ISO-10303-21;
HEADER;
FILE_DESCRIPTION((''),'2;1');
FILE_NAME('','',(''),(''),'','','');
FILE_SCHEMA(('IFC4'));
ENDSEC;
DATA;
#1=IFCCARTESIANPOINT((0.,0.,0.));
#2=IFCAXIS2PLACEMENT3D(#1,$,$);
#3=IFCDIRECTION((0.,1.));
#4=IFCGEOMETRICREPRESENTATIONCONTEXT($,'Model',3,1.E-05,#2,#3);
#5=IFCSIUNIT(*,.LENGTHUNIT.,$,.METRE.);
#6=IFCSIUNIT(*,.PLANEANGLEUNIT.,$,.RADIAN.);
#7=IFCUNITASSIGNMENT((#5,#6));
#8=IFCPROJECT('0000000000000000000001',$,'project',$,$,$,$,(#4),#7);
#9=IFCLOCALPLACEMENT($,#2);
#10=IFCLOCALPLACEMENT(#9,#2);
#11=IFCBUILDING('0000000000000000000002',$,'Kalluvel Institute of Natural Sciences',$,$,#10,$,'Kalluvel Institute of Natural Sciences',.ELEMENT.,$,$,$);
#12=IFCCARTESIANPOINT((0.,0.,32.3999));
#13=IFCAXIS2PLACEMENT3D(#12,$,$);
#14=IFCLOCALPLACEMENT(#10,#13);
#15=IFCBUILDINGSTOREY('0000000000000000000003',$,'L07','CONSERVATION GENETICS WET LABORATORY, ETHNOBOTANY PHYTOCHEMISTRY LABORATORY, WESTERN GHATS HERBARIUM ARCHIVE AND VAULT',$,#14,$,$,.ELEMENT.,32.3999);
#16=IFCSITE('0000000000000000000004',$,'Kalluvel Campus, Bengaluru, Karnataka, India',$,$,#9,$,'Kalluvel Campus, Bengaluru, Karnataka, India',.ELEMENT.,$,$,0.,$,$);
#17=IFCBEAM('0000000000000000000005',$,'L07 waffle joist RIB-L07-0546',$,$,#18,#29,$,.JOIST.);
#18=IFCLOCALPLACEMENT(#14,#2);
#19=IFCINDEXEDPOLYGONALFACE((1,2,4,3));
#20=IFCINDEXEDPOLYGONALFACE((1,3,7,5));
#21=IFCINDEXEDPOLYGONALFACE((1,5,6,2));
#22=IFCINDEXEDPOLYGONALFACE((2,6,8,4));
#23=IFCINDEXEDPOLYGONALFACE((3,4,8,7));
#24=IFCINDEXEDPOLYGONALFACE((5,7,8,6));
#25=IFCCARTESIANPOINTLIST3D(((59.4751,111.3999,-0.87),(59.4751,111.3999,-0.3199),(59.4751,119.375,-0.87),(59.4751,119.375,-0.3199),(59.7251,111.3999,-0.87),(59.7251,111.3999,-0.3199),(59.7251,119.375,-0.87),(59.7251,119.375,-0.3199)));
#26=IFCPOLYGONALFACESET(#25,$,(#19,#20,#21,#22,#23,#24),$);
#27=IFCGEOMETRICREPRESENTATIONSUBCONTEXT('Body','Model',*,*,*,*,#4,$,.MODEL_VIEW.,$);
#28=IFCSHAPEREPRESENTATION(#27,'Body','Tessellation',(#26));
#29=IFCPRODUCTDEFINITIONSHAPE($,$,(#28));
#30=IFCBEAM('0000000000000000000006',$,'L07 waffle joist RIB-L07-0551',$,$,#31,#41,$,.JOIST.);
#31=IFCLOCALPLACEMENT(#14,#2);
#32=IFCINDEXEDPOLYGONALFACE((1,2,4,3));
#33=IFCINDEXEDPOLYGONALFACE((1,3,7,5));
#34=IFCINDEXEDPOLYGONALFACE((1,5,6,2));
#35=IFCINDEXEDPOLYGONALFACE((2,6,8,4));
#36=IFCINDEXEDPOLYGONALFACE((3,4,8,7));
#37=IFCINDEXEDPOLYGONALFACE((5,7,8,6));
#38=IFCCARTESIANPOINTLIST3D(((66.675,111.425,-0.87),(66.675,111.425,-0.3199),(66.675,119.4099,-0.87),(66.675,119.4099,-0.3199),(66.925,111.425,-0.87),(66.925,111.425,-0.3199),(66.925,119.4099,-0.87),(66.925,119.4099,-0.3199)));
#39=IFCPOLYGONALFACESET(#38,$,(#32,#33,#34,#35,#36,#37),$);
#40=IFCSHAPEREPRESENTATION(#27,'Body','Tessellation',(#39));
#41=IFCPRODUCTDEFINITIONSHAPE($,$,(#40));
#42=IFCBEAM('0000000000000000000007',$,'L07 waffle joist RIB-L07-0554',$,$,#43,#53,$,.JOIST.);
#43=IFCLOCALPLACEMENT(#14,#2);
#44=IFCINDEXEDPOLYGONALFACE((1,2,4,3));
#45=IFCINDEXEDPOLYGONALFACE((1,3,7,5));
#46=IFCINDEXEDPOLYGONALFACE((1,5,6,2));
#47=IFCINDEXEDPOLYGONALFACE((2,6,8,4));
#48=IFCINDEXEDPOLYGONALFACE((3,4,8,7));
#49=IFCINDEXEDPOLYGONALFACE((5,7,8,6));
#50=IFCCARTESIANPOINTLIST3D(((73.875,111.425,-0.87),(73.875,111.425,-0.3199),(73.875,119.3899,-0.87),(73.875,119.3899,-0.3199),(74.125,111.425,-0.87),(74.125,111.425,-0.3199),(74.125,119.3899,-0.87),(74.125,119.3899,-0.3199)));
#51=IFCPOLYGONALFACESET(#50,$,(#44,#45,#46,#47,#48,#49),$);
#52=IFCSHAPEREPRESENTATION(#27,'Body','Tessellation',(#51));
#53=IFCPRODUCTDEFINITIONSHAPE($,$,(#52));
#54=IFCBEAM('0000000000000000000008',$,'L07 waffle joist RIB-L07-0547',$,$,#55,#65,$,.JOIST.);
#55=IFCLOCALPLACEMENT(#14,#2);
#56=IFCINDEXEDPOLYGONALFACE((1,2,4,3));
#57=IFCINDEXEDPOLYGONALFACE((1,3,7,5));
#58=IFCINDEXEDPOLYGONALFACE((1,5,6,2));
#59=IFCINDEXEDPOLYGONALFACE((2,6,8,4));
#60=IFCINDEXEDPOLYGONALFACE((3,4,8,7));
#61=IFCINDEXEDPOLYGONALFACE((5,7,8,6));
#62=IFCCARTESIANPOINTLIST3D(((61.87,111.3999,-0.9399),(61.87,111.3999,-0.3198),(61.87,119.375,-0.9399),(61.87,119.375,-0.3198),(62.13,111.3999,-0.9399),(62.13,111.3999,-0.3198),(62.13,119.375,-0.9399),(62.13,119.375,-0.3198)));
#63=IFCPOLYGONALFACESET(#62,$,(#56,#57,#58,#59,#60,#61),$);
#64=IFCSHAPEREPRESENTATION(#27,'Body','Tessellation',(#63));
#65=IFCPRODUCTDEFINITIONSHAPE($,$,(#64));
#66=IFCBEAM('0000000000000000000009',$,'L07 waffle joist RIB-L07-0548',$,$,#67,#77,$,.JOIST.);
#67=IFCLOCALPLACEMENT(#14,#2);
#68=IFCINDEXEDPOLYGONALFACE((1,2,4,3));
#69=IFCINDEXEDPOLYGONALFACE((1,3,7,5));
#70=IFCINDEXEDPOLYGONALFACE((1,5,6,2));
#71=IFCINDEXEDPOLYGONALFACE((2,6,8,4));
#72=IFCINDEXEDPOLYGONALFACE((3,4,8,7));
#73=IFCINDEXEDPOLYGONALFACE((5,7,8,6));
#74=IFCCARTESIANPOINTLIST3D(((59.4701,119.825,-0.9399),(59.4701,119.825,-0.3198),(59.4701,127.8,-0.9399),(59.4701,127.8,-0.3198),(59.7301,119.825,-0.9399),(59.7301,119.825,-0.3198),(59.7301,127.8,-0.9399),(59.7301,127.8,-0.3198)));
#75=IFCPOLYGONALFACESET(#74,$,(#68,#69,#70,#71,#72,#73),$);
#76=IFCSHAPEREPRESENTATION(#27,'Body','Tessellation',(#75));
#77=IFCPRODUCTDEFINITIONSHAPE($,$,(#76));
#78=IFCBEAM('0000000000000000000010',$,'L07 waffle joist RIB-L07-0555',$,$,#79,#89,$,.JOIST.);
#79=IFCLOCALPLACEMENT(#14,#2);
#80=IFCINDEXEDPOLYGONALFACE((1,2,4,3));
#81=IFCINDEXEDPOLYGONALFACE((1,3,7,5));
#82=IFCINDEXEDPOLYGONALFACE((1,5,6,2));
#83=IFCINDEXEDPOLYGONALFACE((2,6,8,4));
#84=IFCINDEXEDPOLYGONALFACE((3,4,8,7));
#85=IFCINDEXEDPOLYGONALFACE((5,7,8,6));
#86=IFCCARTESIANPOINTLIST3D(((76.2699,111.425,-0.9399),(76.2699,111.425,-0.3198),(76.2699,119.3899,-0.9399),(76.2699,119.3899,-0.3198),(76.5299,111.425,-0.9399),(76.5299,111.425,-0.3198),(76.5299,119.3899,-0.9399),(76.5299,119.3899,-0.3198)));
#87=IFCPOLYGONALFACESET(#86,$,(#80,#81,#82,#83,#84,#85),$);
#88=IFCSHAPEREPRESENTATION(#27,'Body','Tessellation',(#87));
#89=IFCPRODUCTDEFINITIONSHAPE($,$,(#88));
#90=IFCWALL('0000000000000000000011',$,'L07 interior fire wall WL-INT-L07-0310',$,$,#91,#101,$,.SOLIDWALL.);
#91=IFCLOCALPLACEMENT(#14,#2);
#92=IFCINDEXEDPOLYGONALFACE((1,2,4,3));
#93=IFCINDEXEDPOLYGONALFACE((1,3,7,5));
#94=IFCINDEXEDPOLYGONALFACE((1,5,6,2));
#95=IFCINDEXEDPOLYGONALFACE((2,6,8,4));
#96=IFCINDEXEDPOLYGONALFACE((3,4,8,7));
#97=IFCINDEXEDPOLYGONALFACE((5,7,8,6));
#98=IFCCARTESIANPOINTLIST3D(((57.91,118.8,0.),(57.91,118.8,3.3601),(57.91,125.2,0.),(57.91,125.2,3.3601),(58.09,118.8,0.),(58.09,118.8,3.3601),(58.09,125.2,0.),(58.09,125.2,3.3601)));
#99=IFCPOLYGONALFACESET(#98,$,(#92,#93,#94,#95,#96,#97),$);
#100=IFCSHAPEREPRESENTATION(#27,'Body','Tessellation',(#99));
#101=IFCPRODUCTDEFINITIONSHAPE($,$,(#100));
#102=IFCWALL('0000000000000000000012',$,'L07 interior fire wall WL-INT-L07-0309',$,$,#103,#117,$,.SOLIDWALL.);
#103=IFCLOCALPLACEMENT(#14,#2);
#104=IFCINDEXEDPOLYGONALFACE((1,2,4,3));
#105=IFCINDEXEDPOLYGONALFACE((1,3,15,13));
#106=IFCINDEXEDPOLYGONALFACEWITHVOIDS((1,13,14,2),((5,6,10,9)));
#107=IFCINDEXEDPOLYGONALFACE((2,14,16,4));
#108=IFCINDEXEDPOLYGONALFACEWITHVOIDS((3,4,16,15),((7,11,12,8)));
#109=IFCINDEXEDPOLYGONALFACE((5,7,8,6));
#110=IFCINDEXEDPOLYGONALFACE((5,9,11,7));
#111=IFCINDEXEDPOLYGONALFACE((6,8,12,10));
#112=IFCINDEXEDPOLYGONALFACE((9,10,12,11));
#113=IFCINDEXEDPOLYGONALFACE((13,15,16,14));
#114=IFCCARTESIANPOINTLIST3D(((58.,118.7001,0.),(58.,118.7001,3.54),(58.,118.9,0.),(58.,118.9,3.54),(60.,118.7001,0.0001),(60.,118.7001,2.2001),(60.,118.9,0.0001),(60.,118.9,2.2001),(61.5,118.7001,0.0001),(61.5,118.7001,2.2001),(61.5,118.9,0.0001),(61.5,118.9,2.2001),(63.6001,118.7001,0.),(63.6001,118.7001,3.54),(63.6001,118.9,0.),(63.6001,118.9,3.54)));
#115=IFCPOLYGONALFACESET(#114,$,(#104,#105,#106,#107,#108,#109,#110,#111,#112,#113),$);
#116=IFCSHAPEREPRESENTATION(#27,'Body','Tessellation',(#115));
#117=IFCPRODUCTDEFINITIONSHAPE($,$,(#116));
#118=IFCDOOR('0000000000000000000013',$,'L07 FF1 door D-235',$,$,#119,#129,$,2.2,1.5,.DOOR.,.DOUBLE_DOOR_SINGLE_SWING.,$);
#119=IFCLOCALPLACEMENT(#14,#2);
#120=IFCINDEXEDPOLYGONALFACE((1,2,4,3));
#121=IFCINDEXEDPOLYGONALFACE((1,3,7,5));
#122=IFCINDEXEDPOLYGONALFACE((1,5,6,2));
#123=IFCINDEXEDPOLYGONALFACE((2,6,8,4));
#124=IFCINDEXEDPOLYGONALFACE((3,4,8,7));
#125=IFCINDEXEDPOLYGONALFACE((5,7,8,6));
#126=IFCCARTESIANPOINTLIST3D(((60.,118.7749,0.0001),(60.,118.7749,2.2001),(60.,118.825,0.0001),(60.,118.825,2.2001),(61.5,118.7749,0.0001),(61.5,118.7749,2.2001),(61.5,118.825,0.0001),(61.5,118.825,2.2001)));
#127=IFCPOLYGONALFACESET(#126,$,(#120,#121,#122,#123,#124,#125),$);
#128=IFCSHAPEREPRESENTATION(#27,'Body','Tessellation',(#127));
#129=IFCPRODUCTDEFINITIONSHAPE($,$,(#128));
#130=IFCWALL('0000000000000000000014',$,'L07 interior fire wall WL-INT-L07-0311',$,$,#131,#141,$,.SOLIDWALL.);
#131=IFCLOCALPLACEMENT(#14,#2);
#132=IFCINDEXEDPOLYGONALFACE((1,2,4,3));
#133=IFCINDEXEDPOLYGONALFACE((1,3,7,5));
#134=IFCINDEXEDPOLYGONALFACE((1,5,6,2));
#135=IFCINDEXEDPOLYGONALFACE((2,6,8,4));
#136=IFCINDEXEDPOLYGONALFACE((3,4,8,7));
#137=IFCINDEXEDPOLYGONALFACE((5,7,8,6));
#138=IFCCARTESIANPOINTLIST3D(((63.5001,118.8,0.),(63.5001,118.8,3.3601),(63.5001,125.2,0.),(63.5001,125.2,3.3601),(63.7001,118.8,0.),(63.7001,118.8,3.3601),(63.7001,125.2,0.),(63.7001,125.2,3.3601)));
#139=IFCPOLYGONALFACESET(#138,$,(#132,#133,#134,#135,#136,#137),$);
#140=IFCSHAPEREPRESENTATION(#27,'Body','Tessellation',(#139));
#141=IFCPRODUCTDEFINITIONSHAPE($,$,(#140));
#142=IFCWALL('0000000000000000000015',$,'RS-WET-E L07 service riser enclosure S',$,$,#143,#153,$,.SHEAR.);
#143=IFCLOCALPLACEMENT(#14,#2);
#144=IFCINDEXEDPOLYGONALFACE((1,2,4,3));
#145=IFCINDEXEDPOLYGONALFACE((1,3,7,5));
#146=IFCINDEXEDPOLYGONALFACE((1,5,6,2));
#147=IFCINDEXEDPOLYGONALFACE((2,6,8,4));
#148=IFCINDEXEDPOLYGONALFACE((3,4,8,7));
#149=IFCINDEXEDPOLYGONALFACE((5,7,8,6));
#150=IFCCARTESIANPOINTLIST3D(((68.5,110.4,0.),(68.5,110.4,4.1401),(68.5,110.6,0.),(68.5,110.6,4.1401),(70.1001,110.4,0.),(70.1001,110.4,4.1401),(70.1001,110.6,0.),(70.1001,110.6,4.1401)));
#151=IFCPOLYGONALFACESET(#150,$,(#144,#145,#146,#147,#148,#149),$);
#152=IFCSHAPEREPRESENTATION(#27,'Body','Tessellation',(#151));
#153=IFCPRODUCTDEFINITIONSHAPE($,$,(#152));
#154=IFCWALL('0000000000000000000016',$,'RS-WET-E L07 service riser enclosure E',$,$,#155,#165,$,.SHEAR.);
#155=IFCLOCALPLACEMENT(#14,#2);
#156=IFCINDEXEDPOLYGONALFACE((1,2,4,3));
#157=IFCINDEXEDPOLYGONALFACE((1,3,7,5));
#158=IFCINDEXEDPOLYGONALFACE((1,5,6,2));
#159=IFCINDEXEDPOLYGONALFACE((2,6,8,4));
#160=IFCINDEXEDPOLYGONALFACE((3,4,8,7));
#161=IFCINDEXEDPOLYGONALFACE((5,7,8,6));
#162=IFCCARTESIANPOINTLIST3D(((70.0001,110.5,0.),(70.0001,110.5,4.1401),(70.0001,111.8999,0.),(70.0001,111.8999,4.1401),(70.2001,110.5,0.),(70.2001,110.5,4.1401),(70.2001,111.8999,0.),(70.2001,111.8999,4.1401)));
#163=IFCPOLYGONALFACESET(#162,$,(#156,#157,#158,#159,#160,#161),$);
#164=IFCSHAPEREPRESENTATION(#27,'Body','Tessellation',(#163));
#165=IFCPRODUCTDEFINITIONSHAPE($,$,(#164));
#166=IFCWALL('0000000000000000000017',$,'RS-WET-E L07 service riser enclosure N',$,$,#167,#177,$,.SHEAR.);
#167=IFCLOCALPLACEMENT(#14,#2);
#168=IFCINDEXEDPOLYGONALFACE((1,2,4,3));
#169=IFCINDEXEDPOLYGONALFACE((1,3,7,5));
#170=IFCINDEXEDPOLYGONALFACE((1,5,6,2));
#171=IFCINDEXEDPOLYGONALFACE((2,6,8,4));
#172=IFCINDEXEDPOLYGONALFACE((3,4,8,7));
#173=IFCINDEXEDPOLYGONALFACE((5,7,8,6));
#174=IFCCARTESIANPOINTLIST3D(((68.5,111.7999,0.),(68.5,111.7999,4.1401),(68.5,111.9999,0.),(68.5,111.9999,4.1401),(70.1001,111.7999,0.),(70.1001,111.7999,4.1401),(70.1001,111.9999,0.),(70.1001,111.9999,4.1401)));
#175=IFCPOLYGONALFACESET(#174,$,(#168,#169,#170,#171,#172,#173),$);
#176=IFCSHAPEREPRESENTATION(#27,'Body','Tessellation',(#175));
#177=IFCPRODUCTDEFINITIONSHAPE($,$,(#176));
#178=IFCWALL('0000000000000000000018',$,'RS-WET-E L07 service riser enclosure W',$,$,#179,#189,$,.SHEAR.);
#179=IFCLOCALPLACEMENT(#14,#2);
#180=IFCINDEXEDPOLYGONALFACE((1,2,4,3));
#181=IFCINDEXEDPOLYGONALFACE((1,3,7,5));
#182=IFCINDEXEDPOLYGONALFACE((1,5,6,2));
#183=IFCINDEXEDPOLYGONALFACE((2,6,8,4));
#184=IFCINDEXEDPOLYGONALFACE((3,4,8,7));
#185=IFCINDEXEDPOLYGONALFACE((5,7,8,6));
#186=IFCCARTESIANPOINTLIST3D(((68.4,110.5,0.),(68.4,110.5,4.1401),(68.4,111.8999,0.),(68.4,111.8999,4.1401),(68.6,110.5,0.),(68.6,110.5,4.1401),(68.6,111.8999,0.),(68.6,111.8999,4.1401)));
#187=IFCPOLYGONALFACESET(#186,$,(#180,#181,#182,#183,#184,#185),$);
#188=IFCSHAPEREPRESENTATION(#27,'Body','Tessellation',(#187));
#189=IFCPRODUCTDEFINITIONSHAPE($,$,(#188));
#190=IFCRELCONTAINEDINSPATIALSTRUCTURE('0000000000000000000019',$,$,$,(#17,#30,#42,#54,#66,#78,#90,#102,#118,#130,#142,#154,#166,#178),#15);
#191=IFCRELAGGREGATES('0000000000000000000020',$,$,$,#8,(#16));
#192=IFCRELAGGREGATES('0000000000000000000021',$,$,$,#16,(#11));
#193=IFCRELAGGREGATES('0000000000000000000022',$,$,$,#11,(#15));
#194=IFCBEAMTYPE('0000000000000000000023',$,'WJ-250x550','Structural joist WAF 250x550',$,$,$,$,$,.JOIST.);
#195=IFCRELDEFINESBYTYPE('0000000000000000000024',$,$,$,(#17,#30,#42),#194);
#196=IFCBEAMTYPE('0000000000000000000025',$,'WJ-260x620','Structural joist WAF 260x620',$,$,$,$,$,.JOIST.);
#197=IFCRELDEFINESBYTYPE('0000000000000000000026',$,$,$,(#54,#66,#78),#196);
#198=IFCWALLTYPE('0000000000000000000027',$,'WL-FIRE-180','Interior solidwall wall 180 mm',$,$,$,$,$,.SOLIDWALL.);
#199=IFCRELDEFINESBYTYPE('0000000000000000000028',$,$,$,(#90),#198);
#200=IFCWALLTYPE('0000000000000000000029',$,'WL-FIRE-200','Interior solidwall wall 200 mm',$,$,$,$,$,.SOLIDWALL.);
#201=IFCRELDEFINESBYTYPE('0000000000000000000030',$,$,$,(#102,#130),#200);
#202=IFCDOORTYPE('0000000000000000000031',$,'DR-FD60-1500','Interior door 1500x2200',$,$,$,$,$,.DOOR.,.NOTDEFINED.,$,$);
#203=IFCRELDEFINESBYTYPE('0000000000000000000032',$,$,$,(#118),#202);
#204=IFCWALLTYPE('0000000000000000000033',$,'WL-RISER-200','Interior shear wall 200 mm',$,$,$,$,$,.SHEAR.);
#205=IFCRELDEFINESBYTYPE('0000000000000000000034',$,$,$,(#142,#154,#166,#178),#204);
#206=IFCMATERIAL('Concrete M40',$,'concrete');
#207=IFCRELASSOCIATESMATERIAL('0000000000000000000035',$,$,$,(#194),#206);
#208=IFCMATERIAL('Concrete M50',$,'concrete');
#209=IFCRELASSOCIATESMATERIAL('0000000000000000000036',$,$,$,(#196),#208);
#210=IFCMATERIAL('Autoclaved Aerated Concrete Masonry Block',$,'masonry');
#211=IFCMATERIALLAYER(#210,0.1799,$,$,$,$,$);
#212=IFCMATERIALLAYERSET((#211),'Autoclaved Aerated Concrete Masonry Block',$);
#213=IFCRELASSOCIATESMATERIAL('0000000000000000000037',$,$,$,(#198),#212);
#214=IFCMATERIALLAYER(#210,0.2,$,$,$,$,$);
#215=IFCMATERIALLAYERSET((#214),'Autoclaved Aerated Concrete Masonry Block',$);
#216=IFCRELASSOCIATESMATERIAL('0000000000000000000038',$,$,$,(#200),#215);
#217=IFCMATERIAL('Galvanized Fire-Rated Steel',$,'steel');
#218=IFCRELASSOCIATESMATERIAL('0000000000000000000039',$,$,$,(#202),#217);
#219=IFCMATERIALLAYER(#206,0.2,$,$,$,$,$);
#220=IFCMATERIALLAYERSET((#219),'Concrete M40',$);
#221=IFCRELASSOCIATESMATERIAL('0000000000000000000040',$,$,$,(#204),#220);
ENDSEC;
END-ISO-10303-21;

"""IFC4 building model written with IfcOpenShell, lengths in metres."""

from ifc_helpers import new_model, si_unit, direction, frame, frame_2d, origin, origin_2d, place, context, subcontext, project, spatial, rectangle, extrude, material, layer, layer_set, material_profile, profile_set, type_object, element, fill, save


model = new_model("IFC4")

# Units and contexts
model_context = context("Model", 3, precision=1e-05, world=origin(), true_north=direction((0.0, 1.0)))
body_context = subcontext(model_context, "Body", "Model", "MODEL_VIEW")
ifc_project = project(units=[si_unit("LENGTHUNIT", "METRE"), si_unit("PLANEANGLEUNIT", "RADIAN")], contexts=[model_context])

# Site, building, storey
site_placement = place(None, origin())
site = spatial("IfcSite", under=ifc_project, at=site_placement, Name="Kalluvel Campus, Bengaluru, Karnataka, India", LongName="Kalluvel Campus, Bengaluru, Karnataka, India", CompositionType="ELEMENT", RefElevation=0.0)
building_placement = place(site_placement, origin())
building = spatial("IfcBuilding", under=site, at=building_placement, Name="Kalluvel Institute of Natural Sciences", LongName="Kalluvel Institute of Natural Sciences", CompositionType="ELEMENT")
storey_placement = place(building_placement, frame((0.0, 0.0, 32.3999)))
storey = spatial("IfcBuildingStorey", under=building, at=storey_placement, Name="L07", Description="CONSERVATION GENETICS WET LABORATORY, ETHNOBOTANY PHYTOCHEMISTRY LABORATORY, WESTERN GHATS HERBARIUM ARCHIVE AND VAULT", CompositionType="ELEMENT", Elevation=32.3999)

# Shared definitions
ifc_material_1 = material(Name="Concrete M40", Category="concrete")

# Beams
ifc_material_2 = material(Name="Concrete M50", Category="concrete")
ifc_material_profile_1 = material_profile(ifc_material_1, rectangle(XDim=0.25, YDim=0.55, at=origin_2d()), Name="WAF 250x550")
ifc_profile_set_1 = profile_set([ifc_material_profile_1], Name="Concrete M40")
beam_type_1 = type_object("IfcBeamType", Name="WJ-250x550", Description="Structural joist WAF 250x550", PredefinedType="JOIST", material=ifc_profile_set_1)
beam_1_placement = place(storey_placement, frame((59.6001, 111.3999, -0.595), z_axis=(0.0, 1.0, 0.0), x_axis=(-1.0, 0.0, 0.0)))
element("IfcBeam", 1, at=beam_1_placement, inside=storey, type_object=beam_type_1, Name="L07 waffle joist RIB-L07-0546", PredefinedType="JOIST", context=body_context, shape_type="SweptSolid", body=[
    extrude(rectangle(XDim=0.25, YDim=0.55, at=origin_2d()), origin(), (0.0, 0.0, 1.0), 7.9751),
])
beam_2_placement = place(storey_placement, frame((66.8, 111.425, -0.595), z_axis=(0.0, 1.0, 0.0), x_axis=(-1.0, 0.0, 0.0)))
element("IfcBeam", 2, at=beam_2_placement, inside=storey, type_object=beam_type_1, Name="L07 waffle joist RIB-L07-0551", PredefinedType="JOIST", context=body_context, shape_type="SweptSolid", body=[
    extrude(rectangle(XDim=0.25, YDim=0.55, at=origin_2d()), origin(), (0.0, 0.0, 1.0), 7.9849),
])
beam_3_placement = place(storey_placement, frame((74.0, 111.425, -0.595), z_axis=(0.0, 1.0, 0.0), x_axis=(-1.0, 0.0, 0.0)))
element("IfcBeam", 3, at=beam_3_placement, inside=storey, type_object=beam_type_1, Name="L07 waffle joist RIB-L07-0554", PredefinedType="JOIST", context=body_context, shape_type="SweptSolid", body=[
    extrude(rectangle(XDim=0.25, YDim=0.55, at=origin_2d()), origin(), (0.0, 0.0, 1.0), 7.9648),
])
ifc_material_profile_2 = material_profile(ifc_material_2, rectangle(XDim=0.26, YDim=0.6201, at=origin_2d()), Name="WAF 260x620")
ifc_profile_set_2 = profile_set([ifc_material_profile_2], Name="Concrete M50")
beam_type_2 = type_object("IfcBeamType", Name="WJ-260x620", Description="Structural joist WAF 260x620", PredefinedType="JOIST", material=ifc_profile_set_2)
for number, where, z_axis, x_axis, name in (
    (4, (62.0, 111.3999, -0.6299), (0.0, 1.0, 0.0), (-1.0, 0.0, 0.0), "L07 waffle joist RIB-L07-0547"),
    (5, (59.6001, 119.825, -0.6299), (0.0, 1.0, 0.0), (-1.0, 0.0, 0.0), "L07 waffle joist RIB-L07-0548"),
):
    element("IfcBeam", number, at=place(storey_placement, frame(where, z_axis=z_axis, x_axis=x_axis)), inside=storey, type_object=beam_type_2, Name=name, PredefinedType="JOIST", context=body_context, shape_type="SweptSolid", body=[
        extrude(rectangle(XDim=0.26, YDim=0.6201, at=origin_2d()), origin(), (0.0, 0.0, 1.0), 7.9751),
    ])
beam_4_placement = place(storey_placement, frame((76.3999, 111.425, -0.6299), z_axis=(0.0, 1.0, 0.0), x_axis=(-1.0, 0.0, 0.0)))
element("IfcBeam", 6, at=beam_4_placement, inside=storey, type_object=beam_type_2, Name="L07 waffle joist RIB-L07-0555", PredefinedType="JOIST", context=body_context, shape_type="SweptSolid", body=[
    extrude(rectangle(XDim=0.26, YDim=0.6201, at=origin_2d()), origin(), (0.0, 0.0, 1.0), 7.9648),
])

# Wall
ifc_material_3 = material(Name="Autoclaved Aerated Concrete Masonry Block", Category="masonry")
ifc_layer_1 = layer(ifc_material_3, 0.1799)
ifc_layer_set_1 = layer_set([ifc_layer_1], Name="Autoclaved Aerated Concrete Masonry Block")
wall_type_1 = type_object("IfcWallType", Name="WL-FIRE-180", Description="Interior solidwall wall 180 mm", PredefinedType="SOLIDWALL", material=ifc_layer_set_1)
wall_1_placement = place(storey_placement, frame((58.0, 118.8, 0.0), z_axis=(0.0, 0.0, 1.0), x_axis=(0.0, 1.0, 0.0)))
element("IfcWall", 7, at=wall_1_placement, inside=storey, type_object=wall_type_1, Name="L07 interior fire wall WL-INT-L07-0310", PredefinedType="SOLIDWALL", context=body_context, shape_type="SweptSolid", body=[
    extrude(rectangle(XDim=6.3999, YDim=0.1799, at=frame_2d((3.2, 0.0))), origin(), (0.0, 0.0, 1.0), 3.3601),
])

# Wall, opening, door
ifc_layer_2 = layer(ifc_material_3, 0.2)
ifc_layer_set_2 = layer_set([ifc_layer_2], Name="Autoclaved Aerated Concrete Masonry Block")
wall_type_2 = type_object("IfcWallType", Name="WL-FIRE-200", Description="Interior solidwall wall 200 mm", PredefinedType="SOLIDWALL", material=ifc_layer_set_2)
wall_2_placement = place(storey_placement, frame((58.0, 118.8, 0.0), z_axis=(0.0, 0.0, 1.0), x_axis=(1.0, 0.0, 0.0)))
wall_2 = element("IfcWall", 8, at=wall_2_placement, inside=storey, type_object=wall_type_2, Name="L07 interior fire wall WL-INT-L07-0309", PredefinedType="SOLIDWALL", context=body_context, shape_type="SweptSolid", body=[
    extrude(rectangle(XDim=5.6001, YDim=0.2, at=frame_2d((2.8, 0.0))), origin(), (0.0, 0.0, 1.0), 3.54),
])
opening_placement = place(wall_2_placement, frame((2.0, 0.0, 0.0)))
opening = element("IfcOpeningElement", 9, at=opening_placement, cuts=wall_2, PredefinedType="OPENING", context=body_context, shape_type="SweptSolid", body=[
    extrude(rectangle(XDim=1.5, YDim=2.2, at=frame_2d((0.75, 1.1001))), frame((0.0, 0.1099, 0.0), z_axis=(0.0, -1.0, 0.0), x_axis=(1.0, 0.0, 0.0)), (0.0, 0.0, 1.0), 0.22),
])
ifc_material_4 = material(Name="Galvanized Fire-Rated Steel", Category="steel")
door_type = type_object("IfcDoorType", Name="DR-FD60-1500", Description="Interior door 1500x2200", OperationType="NOTDEFINED", PredefinedType="DOOR", material=ifc_material_4)
door_placement = place(opening_placement, origin())
door = element("IfcDoor", 10, at=door_placement, inside=storey, type_object=door_type, Name="L07 FF1 door D-235", OperationType="DOUBLE_DOOR_SINGLE_SWING", OverallHeight=2.2, OverallWidth=1.5, PredefinedType="DOOR", context=body_context, shape_type="SweptSolid", body=[
    extrude(rectangle(XDim=1.5, YDim=2.2, at=frame_2d((0.75, 1.1001))), frame((0.0, 0.0249, 0.0), z_axis=(0.0, -1.0, 0.0), x_axis=(1.0, 0.0, 0.0)), (0.0, 0.0, 1.0), 0.05),
])
fill(opening, door)

# Walls
wall_3_placement = place(storey_placement, frame((63.6001, 118.8, 0.0), z_axis=(0.0, 0.0, 1.0), x_axis=(0.0, 1.0, 0.0)))
element("IfcWall", 11, at=wall_3_placement, inside=storey, type_object=wall_type_2, Name="L07 interior fire wall WL-INT-L07-0311", PredefinedType="SOLIDWALL", context=body_context, shape_type="SweptSolid", body=[
    extrude(rectangle(XDim=6.3999, YDim=0.2, at=frame_2d((3.2, 0.0))), origin(), (0.0, 0.0, 1.0), 3.3601),
])
ifc_layer_3 = layer(ifc_material_1, 0.2)
ifc_layer_set_3 = layer_set([ifc_layer_3], Name="Concrete M40")
wall_type_3 = type_object("IfcWallType", Name="WL-RISER-200", Description="Interior shear wall 200 mm", PredefinedType="SHEAR", material=ifc_layer_set_3)
wall_4_placement = place(storey_placement, frame((68.5, 110.5, 0.0), z_axis=(0.0, 0.0, 1.0), x_axis=(1.0, 0.0, 0.0)))
element("IfcWall", 12, at=wall_4_placement, inside=storey, type_object=wall_type_3, Name="RS-WET-E L07 service riser enclosure S", PredefinedType="SHEAR", context=body_context, shape_type="SweptSolid", body=[
    extrude(rectangle(XDim=1.6001, YDim=0.2, at=frame_2d((0.8, 0.0))), origin(), (0.0, 0.0, 1.0), 4.1401),
])
wall_5_placement = place(storey_placement, frame((70.1001, 110.5, 0.0), z_axis=(0.0, 0.0, 1.0), x_axis=(0.0, 1.0, 0.0)))
element("IfcWall", 13, at=wall_5_placement, inside=storey, type_object=wall_type_3, Name="RS-WET-E L07 service riser enclosure E", PredefinedType="SHEAR", context=body_context, shape_type="SweptSolid", body=[
    extrude(rectangle(XDim=1.3999, YDim=0.2, at=frame_2d((0.7, 0.0))), origin(), (0.0, 0.0, 1.0), 4.1401),
])
wall_6_placement = place(storey_placement, frame((70.1001, 111.8999, 0.0), z_axis=(0.0, 0.0, 1.0), x_axis=(-1.0, 0.0, 0.0)))
element("IfcWall", 14, at=wall_6_placement, inside=storey, type_object=wall_type_3, Name="RS-WET-E L07 service riser enclosure N", PredefinedType="SHEAR", context=body_context, shape_type="SweptSolid", body=[
    extrude(rectangle(XDim=1.6001, YDim=0.2, at=frame_2d((0.8, 0.0))), origin(), (0.0, 0.0, 1.0), 4.1401),
])
wall_7_placement = place(storey_placement, frame((68.5, 111.8999, 0.0), z_axis=(0.0, 0.0, 1.0), x_axis=(0.0, -1.0, 0.0)))
element("IfcWall", 15, at=wall_7_placement, inside=storey, type_object=wall_type_3, Name="RS-WET-E L07 service riser enclosure W", PredefinedType="SHEAR", context=body_context, shape_type="SweptSolid", body=[
    extrude(rectangle(XDim=1.3999, YDim=0.2, at=frame_2d((0.7, 0.0))), origin(), (0.0, 0.0, 1.0), 4.1401),
])

save(model, "model.ifc")
